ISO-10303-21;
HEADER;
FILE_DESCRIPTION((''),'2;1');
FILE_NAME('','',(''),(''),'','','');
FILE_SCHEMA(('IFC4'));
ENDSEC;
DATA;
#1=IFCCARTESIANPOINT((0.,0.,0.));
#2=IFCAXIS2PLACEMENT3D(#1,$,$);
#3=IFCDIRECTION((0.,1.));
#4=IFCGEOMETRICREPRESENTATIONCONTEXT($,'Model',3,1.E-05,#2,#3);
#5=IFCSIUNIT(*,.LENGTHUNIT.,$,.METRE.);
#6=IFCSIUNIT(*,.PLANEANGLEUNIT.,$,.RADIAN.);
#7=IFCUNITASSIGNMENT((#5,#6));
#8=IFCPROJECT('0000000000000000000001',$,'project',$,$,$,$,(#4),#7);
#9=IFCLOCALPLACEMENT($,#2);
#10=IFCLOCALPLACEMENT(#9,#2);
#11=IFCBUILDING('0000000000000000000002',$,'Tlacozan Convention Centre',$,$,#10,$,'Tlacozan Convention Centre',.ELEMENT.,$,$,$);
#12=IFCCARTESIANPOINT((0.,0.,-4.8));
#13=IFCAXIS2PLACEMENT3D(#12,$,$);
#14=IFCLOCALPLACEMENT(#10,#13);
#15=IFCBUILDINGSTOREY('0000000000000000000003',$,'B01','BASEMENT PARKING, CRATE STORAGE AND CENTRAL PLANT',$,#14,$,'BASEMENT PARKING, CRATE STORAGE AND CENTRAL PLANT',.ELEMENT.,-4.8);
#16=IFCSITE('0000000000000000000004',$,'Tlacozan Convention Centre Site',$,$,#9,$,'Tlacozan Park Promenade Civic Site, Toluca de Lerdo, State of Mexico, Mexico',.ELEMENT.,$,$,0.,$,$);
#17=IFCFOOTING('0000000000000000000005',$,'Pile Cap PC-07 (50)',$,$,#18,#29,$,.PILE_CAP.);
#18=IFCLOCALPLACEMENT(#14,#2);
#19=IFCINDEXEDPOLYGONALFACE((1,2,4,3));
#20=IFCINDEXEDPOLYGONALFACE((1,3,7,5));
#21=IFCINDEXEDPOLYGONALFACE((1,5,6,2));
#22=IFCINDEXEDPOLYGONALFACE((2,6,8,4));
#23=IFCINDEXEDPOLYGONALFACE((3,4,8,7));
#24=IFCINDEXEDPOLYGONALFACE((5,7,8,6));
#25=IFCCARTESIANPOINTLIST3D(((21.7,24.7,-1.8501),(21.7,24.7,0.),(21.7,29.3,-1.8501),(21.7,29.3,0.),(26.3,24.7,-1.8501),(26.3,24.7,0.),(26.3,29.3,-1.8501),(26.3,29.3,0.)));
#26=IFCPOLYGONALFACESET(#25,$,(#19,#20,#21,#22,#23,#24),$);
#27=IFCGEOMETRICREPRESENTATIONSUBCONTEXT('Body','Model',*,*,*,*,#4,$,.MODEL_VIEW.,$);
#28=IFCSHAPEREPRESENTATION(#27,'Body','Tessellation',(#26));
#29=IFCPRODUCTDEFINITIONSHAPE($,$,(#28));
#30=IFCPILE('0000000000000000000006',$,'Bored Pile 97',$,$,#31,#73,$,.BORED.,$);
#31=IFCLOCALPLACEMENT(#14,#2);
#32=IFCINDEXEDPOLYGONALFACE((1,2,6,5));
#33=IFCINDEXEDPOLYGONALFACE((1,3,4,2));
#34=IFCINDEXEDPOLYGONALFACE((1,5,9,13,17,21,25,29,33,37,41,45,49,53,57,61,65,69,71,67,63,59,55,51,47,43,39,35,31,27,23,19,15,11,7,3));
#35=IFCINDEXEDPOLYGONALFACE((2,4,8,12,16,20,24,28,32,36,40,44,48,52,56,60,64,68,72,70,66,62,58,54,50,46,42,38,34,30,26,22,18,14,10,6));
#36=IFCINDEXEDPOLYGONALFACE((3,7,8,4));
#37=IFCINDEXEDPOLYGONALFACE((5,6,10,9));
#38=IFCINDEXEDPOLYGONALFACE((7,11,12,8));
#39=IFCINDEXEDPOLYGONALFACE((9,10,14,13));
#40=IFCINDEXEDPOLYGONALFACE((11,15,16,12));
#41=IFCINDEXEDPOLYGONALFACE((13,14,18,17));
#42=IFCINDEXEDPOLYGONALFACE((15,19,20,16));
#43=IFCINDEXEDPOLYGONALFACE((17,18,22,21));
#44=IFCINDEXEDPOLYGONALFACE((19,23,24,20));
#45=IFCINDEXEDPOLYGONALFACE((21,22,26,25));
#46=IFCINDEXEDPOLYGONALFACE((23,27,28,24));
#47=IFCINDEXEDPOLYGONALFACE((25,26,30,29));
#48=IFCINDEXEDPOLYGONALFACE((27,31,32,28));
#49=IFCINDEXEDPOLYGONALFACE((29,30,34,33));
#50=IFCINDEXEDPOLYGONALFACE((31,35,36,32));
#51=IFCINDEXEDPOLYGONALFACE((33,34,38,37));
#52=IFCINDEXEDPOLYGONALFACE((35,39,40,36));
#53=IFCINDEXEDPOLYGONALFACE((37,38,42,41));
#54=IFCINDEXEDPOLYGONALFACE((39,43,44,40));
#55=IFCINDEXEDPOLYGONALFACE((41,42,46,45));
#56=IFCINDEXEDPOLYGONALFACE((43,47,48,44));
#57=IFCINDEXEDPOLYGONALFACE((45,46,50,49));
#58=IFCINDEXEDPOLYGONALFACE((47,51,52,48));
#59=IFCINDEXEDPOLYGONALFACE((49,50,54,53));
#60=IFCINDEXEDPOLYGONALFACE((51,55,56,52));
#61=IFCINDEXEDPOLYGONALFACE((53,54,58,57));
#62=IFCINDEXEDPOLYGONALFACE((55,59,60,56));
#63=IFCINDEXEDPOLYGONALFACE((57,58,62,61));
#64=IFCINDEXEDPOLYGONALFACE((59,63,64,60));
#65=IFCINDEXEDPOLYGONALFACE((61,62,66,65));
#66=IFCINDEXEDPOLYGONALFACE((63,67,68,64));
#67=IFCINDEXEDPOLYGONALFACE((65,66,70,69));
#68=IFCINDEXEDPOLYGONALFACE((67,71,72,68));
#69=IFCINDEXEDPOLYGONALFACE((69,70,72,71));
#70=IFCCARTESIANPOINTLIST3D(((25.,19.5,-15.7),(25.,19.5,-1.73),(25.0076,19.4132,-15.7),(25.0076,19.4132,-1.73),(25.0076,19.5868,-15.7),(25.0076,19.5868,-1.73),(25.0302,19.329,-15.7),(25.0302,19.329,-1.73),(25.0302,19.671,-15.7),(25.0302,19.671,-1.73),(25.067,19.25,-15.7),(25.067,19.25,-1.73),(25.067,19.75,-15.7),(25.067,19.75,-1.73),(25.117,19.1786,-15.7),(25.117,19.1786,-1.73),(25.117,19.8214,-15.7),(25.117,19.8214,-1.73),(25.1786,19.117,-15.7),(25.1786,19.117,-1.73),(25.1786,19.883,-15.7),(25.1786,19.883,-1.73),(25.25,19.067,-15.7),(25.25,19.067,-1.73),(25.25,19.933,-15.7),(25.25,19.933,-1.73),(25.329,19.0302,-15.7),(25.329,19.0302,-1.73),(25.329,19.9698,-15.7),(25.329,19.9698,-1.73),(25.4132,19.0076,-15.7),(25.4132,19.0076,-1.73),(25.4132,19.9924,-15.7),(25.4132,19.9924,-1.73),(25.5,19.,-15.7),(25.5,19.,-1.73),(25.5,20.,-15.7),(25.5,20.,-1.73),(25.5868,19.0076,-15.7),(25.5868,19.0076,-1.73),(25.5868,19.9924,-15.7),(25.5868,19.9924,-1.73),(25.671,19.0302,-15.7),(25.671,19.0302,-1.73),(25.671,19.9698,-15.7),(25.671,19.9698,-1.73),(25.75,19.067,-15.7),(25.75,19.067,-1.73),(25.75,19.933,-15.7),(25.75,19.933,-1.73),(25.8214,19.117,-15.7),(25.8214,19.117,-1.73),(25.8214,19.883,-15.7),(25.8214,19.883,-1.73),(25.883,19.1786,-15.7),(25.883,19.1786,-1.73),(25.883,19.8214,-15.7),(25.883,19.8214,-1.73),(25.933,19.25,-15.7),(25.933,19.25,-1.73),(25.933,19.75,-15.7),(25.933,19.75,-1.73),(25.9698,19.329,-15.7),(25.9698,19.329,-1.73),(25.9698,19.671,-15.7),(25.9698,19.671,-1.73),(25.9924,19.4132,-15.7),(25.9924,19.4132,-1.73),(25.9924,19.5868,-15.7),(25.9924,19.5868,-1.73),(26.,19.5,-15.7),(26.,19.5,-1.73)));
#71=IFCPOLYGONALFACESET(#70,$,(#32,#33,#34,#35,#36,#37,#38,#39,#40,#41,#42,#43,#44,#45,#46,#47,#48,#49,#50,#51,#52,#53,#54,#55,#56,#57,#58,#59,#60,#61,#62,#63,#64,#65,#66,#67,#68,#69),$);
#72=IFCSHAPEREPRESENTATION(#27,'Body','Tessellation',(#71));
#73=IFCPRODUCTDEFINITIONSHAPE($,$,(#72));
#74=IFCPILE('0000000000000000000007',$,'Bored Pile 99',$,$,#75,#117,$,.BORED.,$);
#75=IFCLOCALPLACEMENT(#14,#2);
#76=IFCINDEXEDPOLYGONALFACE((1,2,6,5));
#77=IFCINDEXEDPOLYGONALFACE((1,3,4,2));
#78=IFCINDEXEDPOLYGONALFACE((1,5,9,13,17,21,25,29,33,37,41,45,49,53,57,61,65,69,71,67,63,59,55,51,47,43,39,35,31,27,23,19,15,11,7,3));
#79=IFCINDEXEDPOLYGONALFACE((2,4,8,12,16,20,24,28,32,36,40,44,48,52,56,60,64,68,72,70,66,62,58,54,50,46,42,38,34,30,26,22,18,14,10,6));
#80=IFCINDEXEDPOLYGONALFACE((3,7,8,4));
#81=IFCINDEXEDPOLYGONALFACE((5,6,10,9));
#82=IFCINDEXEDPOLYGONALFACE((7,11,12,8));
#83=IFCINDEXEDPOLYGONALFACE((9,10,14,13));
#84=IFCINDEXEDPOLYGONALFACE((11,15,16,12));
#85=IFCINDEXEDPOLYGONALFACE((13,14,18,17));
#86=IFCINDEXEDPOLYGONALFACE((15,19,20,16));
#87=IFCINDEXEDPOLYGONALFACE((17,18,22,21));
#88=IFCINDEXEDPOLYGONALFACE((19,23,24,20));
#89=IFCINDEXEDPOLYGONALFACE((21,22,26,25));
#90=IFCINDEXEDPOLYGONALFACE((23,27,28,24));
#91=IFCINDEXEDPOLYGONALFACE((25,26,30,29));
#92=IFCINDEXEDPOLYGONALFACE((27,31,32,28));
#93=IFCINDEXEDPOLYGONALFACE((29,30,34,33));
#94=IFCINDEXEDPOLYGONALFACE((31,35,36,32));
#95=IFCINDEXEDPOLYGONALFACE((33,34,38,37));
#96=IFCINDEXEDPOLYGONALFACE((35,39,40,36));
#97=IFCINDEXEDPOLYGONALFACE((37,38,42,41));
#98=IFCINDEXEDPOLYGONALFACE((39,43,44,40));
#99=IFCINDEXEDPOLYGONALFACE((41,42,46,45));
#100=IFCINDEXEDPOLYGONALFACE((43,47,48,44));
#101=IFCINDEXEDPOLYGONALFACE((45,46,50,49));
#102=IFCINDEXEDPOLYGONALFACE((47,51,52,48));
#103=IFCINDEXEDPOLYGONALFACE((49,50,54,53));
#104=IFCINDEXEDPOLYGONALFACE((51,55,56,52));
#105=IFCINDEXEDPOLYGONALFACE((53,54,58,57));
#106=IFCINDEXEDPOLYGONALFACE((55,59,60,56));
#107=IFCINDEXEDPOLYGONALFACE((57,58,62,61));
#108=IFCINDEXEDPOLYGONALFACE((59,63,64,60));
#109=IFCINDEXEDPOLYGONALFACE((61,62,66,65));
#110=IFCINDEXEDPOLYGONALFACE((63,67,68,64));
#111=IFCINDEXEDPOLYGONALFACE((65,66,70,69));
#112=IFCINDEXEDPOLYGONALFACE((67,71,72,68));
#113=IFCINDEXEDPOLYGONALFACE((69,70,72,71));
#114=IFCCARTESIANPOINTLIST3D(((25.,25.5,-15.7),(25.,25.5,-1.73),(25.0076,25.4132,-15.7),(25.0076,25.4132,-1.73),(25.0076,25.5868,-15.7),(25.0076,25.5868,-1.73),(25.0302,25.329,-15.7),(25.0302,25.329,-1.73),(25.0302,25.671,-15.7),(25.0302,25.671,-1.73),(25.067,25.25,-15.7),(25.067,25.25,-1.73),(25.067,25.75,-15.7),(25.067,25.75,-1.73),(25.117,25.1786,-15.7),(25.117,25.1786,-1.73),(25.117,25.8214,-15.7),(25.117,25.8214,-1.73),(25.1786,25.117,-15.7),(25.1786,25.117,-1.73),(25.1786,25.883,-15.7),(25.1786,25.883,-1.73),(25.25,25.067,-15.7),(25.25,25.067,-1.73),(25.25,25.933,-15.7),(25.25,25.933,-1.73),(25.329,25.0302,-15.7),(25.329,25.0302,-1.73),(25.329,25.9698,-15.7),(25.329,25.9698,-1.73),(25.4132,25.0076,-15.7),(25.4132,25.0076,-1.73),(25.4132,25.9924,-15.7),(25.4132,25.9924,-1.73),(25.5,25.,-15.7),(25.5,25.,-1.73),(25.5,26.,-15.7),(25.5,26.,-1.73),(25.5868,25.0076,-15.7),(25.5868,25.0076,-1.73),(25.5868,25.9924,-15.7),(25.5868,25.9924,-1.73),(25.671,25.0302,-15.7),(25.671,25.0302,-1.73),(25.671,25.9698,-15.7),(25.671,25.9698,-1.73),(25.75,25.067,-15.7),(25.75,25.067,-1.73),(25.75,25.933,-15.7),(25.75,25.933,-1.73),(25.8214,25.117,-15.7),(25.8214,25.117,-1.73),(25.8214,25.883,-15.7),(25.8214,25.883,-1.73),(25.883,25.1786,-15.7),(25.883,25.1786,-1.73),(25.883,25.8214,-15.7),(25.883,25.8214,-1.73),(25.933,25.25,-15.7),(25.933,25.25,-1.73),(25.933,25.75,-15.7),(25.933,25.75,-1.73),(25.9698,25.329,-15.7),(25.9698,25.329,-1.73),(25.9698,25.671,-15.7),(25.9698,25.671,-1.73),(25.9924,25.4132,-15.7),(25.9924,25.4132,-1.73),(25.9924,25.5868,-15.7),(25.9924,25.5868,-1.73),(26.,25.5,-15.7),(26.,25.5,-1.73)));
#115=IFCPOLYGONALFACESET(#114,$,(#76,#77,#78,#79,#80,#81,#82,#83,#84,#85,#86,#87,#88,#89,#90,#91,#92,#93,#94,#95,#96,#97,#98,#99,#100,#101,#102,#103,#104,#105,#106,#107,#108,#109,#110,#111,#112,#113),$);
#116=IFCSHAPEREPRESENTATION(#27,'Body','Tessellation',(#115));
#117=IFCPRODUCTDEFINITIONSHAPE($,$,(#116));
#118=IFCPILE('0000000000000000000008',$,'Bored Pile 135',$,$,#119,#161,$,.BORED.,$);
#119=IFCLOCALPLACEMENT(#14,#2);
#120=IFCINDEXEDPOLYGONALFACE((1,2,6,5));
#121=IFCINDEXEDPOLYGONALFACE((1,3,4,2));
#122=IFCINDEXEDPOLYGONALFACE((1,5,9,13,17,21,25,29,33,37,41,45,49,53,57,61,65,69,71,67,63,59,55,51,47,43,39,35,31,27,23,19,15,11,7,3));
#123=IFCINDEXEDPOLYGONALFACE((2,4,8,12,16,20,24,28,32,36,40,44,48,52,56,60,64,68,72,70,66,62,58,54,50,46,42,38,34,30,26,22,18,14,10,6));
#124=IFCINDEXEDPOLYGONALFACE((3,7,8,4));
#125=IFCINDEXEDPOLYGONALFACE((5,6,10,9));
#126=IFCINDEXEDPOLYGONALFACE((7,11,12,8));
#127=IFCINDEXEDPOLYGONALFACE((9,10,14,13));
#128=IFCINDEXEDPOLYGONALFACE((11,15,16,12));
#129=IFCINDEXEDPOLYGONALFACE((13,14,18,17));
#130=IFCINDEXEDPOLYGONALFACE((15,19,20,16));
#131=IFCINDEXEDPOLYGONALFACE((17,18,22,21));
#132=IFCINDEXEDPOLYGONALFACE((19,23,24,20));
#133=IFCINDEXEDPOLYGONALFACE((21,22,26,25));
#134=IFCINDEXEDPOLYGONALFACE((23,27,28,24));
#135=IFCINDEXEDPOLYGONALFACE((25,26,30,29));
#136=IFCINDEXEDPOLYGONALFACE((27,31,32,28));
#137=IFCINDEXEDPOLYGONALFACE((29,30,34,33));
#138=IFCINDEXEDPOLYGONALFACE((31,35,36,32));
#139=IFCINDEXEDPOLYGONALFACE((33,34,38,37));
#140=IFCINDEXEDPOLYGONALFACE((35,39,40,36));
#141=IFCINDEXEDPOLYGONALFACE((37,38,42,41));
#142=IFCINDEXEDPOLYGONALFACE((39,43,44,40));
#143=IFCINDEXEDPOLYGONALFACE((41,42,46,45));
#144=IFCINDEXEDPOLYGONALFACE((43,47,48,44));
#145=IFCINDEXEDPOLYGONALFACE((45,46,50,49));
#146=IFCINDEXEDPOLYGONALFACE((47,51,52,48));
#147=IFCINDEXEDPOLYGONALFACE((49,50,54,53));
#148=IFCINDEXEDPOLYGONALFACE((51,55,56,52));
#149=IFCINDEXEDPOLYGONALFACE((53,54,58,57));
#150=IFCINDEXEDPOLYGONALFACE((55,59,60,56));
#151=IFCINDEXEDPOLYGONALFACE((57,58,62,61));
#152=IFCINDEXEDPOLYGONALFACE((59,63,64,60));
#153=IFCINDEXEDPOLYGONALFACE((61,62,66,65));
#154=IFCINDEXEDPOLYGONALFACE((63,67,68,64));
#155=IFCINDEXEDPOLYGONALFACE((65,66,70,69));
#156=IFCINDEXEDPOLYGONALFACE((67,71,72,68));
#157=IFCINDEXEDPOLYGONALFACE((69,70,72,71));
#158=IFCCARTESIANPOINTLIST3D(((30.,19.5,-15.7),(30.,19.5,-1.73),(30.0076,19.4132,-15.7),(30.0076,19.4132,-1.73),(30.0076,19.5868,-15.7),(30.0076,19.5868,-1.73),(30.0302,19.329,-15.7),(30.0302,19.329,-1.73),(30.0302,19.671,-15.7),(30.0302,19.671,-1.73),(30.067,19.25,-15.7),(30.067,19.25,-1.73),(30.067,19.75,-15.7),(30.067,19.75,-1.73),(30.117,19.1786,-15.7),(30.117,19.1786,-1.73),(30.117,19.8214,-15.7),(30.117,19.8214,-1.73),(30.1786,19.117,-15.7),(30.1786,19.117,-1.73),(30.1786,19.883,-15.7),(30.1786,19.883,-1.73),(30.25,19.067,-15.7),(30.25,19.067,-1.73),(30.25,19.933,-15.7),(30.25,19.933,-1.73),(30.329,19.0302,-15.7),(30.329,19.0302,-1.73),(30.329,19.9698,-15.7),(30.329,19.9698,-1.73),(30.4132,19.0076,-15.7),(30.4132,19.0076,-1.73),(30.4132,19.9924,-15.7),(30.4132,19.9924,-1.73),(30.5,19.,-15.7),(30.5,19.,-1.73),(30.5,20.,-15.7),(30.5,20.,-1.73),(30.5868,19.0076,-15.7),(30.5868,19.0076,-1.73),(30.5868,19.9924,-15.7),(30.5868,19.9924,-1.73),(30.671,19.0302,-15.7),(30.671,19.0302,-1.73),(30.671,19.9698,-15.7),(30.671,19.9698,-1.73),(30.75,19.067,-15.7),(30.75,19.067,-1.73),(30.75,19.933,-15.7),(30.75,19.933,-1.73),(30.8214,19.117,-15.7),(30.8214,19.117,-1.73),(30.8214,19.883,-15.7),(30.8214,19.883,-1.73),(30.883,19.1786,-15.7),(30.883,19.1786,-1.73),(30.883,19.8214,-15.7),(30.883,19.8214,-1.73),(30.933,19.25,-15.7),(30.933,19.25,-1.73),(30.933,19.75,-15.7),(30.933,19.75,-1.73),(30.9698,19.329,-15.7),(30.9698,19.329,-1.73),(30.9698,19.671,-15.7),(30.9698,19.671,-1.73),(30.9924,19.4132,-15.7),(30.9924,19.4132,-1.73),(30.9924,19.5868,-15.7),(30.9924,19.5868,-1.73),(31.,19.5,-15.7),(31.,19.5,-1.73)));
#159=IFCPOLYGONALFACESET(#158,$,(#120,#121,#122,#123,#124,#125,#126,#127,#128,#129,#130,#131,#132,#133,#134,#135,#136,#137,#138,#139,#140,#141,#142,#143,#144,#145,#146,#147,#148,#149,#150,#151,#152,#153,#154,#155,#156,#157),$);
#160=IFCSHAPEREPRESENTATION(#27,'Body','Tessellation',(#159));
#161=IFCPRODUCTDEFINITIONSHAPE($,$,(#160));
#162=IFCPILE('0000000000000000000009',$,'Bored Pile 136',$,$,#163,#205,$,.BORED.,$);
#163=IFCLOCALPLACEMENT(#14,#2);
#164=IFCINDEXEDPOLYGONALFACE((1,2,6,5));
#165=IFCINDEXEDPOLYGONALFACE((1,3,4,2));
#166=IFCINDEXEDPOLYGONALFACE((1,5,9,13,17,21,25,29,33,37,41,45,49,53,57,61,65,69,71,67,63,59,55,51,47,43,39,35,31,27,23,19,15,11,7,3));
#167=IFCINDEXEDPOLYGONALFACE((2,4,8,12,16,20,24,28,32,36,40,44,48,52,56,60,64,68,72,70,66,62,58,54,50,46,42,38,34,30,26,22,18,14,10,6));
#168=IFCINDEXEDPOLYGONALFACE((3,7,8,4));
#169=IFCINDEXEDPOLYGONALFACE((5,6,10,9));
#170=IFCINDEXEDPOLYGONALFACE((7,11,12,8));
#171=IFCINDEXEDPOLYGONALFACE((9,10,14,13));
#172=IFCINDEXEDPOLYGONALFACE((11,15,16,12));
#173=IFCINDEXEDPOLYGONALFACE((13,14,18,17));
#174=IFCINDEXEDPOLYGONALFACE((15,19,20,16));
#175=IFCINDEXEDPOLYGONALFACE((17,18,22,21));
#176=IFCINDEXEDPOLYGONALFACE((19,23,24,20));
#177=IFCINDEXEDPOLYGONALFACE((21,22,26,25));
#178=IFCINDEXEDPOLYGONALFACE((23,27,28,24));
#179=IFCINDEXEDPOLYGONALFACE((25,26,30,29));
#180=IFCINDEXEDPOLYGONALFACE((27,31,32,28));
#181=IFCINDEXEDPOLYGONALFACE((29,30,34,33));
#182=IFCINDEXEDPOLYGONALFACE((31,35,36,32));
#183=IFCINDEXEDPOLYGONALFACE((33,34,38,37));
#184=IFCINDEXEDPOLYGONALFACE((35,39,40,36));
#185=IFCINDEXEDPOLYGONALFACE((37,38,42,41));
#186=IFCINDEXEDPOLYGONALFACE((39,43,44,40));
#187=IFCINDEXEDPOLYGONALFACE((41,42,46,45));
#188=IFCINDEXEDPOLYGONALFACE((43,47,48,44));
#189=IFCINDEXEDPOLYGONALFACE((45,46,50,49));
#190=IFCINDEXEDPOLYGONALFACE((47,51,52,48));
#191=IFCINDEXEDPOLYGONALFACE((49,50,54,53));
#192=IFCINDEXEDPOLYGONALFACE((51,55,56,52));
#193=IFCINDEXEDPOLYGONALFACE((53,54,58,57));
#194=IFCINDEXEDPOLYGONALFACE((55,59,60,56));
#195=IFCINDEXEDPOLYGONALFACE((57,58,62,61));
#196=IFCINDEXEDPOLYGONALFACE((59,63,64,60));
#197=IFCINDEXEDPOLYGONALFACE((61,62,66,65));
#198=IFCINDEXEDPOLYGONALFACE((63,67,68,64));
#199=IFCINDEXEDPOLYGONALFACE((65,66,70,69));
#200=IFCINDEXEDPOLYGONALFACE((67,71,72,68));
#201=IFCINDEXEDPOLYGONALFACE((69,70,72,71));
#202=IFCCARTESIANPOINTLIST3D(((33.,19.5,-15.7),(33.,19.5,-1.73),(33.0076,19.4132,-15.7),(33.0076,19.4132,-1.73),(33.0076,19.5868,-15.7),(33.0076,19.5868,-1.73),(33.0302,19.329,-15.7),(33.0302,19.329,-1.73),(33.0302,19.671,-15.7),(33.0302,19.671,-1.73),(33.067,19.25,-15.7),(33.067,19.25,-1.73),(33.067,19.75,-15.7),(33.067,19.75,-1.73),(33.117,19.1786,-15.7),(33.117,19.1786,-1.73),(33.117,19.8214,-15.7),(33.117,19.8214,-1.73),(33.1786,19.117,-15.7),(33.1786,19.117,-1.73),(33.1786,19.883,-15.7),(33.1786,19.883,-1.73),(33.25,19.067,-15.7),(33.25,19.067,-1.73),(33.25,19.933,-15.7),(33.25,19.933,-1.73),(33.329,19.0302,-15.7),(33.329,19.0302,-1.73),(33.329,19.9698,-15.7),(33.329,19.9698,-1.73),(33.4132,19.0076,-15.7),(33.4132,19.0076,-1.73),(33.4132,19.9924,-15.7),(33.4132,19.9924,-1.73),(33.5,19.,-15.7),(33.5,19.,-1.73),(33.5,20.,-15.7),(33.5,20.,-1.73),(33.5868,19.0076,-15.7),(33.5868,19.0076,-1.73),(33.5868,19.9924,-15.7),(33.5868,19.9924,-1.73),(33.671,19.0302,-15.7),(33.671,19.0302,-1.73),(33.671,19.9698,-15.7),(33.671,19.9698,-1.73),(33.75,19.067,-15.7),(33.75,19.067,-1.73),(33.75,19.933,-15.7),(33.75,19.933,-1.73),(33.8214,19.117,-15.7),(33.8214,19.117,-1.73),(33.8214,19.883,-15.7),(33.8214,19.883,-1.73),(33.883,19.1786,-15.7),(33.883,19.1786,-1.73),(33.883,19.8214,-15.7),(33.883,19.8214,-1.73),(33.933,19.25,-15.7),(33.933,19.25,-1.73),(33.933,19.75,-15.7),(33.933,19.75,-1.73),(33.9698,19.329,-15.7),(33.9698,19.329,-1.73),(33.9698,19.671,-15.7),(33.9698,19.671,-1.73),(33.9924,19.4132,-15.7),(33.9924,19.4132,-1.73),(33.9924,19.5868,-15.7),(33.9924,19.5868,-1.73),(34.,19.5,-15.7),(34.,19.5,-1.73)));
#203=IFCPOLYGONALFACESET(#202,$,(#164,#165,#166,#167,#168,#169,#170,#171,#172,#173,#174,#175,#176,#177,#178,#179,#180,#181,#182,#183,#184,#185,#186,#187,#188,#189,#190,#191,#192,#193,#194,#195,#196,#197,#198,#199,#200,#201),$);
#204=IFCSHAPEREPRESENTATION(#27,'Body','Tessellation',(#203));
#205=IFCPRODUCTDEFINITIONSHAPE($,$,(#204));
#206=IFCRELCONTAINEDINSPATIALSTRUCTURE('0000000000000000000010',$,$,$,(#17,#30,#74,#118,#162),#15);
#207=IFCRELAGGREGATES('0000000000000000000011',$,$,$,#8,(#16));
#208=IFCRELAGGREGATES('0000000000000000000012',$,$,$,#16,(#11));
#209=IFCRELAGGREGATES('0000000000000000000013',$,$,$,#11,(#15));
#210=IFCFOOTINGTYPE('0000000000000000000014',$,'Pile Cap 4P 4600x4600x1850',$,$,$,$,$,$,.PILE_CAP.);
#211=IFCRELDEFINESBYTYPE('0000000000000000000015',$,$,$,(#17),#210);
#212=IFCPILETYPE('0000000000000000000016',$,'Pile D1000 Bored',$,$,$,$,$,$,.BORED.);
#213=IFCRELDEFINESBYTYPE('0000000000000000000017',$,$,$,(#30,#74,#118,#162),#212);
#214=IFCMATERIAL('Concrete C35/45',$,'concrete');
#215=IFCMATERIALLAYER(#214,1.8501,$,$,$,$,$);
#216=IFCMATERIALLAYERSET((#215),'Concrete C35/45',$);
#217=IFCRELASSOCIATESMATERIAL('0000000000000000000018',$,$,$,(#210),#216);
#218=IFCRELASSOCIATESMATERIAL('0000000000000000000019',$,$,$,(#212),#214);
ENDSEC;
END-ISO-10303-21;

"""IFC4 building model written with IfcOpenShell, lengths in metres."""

from ifc_helpers import new_model, si_unit, direction, frame, origin, origin_2d, place, context, subcontext, project, spatial, rectangle, circle, extrude, material, layer, layer_set, material_profile, profile_set, type_object, element, save


model = new_model("IFC4")

# Units and contexts
model_context = context("Model", 3, precision=1e-05, world=origin(), true_north=direction((0.0, 1.0)))
body_context = subcontext(model_context, "Body", "Model", "MODEL_VIEW")
ifc_project = project(units=[si_unit("LENGTHUNIT", "METRE"), si_unit("PLANEANGLEUNIT", "RADIAN")], contexts=[model_context])

# Site, building, storey
site_placement = place(None, origin())
site = spatial("IfcSite", under=ifc_project, at=site_placement, Name="Tlacozan Convention Centre Site", LongName="Tlacozan Park Promenade Civic Site, Toluca de Lerdo, State of Mexico, Mexico", CompositionType="ELEMENT", RefElevation=0.0)
building_placement = place(site_placement, origin())
building = spatial("IfcBuilding", under=site, at=building_placement, Name="Tlacozan Convention Centre", LongName="Tlacozan Convention Centre", CompositionType="ELEMENT")
storey_placement = place(building_placement, frame((0.0, 0.0, -4.8)))
storey = spatial("IfcBuildingStorey", under=building, at=storey_placement, Name="B01", Description="BASEMENT PARKING, CRATE STORAGE AND CENTRAL PLANT", LongName="BASEMENT PARKING, CRATE STORAGE AND CENTRAL PLANT", CompositionType="ELEMENT", Elevation=-4.8)

# Footing
ifc_material_1 = material(Name="Concrete C35/45", Category="concrete")
ifc_layer_1 = layer(ifc_material_1, 1.8501)
ifc_layer_set_1 = layer_set([ifc_layer_1], Name="Concrete C35/45")
footing_type = type_object("IfcFootingType", Name="Pile Cap 4P 4600x4600x1850", PredefinedType="PILE_CAP", material=ifc_layer_set_1)
footing_placement = place(storey_placement, frame((24.0, 27.0, -1.8501), z_axis=(0.0, 0.0, 1.0), x_axis=(1.0, 0.0, 0.0)))
element("IfcFooting", 1, at=footing_placement, inside=storey, type_object=footing_type, Name="Pile Cap PC-07 (50)", PredefinedType="PILE_CAP", context=body_context, shape_type="SweptSolid", body=[
    extrude(rectangle(XDim=4.6001, YDim=4.6001, at=origin_2d()), origin(), (0.0, 0.0, 1.0), 1.8501),
])

# Piles
ifc_material_profile_1 = material_profile(ifc_material_1, circle(Radius=0.5, at=origin_2d()), Name="PILE D1000")
ifc_profile_set_1 = profile_set([ifc_material_profile_1], Name="Concrete C35/45")
pile_type = type_object("IfcPileType", Name="Pile D1000 Bored", PredefinedType="BORED", material=ifc_profile_set_1)
for number, where, z_axis, x_axis, name in (
    (2, (25.5, 19.5, -1.73), (0.0, 0.0, -1.0), (1.0, 0.0, 0.0), "Bored Pile 97"),
    (3, (25.5, 25.5, -1.73), (0.0, 0.0, -1.0), (1.0, 0.0, 0.0), "Bored Pile 99"),
    (4, (30.5, 19.5, -1.73), (0.0, 0.0, -1.0), (1.0, 0.0, 0.0), "Bored Pile 135"),
    (5, (33.5, 19.5, -1.73), (0.0, 0.0, -1.0), (1.0, 0.0, 0.0), "Bored Pile 136"),
):
    element("IfcPile", number, at=place(storey_placement, frame(where, z_axis=z_axis, x_axis=x_axis)), inside=storey, type_object=pile_type, Name=name, PredefinedType="BORED", context=body_context, shape_type="SweptSolid", body=[
        extrude(circle(Radius=0.5, at=origin_2d()), origin(), (0.0, 0.0, 1.0), 13.97),
    ])

save(model, "model.ifc")
